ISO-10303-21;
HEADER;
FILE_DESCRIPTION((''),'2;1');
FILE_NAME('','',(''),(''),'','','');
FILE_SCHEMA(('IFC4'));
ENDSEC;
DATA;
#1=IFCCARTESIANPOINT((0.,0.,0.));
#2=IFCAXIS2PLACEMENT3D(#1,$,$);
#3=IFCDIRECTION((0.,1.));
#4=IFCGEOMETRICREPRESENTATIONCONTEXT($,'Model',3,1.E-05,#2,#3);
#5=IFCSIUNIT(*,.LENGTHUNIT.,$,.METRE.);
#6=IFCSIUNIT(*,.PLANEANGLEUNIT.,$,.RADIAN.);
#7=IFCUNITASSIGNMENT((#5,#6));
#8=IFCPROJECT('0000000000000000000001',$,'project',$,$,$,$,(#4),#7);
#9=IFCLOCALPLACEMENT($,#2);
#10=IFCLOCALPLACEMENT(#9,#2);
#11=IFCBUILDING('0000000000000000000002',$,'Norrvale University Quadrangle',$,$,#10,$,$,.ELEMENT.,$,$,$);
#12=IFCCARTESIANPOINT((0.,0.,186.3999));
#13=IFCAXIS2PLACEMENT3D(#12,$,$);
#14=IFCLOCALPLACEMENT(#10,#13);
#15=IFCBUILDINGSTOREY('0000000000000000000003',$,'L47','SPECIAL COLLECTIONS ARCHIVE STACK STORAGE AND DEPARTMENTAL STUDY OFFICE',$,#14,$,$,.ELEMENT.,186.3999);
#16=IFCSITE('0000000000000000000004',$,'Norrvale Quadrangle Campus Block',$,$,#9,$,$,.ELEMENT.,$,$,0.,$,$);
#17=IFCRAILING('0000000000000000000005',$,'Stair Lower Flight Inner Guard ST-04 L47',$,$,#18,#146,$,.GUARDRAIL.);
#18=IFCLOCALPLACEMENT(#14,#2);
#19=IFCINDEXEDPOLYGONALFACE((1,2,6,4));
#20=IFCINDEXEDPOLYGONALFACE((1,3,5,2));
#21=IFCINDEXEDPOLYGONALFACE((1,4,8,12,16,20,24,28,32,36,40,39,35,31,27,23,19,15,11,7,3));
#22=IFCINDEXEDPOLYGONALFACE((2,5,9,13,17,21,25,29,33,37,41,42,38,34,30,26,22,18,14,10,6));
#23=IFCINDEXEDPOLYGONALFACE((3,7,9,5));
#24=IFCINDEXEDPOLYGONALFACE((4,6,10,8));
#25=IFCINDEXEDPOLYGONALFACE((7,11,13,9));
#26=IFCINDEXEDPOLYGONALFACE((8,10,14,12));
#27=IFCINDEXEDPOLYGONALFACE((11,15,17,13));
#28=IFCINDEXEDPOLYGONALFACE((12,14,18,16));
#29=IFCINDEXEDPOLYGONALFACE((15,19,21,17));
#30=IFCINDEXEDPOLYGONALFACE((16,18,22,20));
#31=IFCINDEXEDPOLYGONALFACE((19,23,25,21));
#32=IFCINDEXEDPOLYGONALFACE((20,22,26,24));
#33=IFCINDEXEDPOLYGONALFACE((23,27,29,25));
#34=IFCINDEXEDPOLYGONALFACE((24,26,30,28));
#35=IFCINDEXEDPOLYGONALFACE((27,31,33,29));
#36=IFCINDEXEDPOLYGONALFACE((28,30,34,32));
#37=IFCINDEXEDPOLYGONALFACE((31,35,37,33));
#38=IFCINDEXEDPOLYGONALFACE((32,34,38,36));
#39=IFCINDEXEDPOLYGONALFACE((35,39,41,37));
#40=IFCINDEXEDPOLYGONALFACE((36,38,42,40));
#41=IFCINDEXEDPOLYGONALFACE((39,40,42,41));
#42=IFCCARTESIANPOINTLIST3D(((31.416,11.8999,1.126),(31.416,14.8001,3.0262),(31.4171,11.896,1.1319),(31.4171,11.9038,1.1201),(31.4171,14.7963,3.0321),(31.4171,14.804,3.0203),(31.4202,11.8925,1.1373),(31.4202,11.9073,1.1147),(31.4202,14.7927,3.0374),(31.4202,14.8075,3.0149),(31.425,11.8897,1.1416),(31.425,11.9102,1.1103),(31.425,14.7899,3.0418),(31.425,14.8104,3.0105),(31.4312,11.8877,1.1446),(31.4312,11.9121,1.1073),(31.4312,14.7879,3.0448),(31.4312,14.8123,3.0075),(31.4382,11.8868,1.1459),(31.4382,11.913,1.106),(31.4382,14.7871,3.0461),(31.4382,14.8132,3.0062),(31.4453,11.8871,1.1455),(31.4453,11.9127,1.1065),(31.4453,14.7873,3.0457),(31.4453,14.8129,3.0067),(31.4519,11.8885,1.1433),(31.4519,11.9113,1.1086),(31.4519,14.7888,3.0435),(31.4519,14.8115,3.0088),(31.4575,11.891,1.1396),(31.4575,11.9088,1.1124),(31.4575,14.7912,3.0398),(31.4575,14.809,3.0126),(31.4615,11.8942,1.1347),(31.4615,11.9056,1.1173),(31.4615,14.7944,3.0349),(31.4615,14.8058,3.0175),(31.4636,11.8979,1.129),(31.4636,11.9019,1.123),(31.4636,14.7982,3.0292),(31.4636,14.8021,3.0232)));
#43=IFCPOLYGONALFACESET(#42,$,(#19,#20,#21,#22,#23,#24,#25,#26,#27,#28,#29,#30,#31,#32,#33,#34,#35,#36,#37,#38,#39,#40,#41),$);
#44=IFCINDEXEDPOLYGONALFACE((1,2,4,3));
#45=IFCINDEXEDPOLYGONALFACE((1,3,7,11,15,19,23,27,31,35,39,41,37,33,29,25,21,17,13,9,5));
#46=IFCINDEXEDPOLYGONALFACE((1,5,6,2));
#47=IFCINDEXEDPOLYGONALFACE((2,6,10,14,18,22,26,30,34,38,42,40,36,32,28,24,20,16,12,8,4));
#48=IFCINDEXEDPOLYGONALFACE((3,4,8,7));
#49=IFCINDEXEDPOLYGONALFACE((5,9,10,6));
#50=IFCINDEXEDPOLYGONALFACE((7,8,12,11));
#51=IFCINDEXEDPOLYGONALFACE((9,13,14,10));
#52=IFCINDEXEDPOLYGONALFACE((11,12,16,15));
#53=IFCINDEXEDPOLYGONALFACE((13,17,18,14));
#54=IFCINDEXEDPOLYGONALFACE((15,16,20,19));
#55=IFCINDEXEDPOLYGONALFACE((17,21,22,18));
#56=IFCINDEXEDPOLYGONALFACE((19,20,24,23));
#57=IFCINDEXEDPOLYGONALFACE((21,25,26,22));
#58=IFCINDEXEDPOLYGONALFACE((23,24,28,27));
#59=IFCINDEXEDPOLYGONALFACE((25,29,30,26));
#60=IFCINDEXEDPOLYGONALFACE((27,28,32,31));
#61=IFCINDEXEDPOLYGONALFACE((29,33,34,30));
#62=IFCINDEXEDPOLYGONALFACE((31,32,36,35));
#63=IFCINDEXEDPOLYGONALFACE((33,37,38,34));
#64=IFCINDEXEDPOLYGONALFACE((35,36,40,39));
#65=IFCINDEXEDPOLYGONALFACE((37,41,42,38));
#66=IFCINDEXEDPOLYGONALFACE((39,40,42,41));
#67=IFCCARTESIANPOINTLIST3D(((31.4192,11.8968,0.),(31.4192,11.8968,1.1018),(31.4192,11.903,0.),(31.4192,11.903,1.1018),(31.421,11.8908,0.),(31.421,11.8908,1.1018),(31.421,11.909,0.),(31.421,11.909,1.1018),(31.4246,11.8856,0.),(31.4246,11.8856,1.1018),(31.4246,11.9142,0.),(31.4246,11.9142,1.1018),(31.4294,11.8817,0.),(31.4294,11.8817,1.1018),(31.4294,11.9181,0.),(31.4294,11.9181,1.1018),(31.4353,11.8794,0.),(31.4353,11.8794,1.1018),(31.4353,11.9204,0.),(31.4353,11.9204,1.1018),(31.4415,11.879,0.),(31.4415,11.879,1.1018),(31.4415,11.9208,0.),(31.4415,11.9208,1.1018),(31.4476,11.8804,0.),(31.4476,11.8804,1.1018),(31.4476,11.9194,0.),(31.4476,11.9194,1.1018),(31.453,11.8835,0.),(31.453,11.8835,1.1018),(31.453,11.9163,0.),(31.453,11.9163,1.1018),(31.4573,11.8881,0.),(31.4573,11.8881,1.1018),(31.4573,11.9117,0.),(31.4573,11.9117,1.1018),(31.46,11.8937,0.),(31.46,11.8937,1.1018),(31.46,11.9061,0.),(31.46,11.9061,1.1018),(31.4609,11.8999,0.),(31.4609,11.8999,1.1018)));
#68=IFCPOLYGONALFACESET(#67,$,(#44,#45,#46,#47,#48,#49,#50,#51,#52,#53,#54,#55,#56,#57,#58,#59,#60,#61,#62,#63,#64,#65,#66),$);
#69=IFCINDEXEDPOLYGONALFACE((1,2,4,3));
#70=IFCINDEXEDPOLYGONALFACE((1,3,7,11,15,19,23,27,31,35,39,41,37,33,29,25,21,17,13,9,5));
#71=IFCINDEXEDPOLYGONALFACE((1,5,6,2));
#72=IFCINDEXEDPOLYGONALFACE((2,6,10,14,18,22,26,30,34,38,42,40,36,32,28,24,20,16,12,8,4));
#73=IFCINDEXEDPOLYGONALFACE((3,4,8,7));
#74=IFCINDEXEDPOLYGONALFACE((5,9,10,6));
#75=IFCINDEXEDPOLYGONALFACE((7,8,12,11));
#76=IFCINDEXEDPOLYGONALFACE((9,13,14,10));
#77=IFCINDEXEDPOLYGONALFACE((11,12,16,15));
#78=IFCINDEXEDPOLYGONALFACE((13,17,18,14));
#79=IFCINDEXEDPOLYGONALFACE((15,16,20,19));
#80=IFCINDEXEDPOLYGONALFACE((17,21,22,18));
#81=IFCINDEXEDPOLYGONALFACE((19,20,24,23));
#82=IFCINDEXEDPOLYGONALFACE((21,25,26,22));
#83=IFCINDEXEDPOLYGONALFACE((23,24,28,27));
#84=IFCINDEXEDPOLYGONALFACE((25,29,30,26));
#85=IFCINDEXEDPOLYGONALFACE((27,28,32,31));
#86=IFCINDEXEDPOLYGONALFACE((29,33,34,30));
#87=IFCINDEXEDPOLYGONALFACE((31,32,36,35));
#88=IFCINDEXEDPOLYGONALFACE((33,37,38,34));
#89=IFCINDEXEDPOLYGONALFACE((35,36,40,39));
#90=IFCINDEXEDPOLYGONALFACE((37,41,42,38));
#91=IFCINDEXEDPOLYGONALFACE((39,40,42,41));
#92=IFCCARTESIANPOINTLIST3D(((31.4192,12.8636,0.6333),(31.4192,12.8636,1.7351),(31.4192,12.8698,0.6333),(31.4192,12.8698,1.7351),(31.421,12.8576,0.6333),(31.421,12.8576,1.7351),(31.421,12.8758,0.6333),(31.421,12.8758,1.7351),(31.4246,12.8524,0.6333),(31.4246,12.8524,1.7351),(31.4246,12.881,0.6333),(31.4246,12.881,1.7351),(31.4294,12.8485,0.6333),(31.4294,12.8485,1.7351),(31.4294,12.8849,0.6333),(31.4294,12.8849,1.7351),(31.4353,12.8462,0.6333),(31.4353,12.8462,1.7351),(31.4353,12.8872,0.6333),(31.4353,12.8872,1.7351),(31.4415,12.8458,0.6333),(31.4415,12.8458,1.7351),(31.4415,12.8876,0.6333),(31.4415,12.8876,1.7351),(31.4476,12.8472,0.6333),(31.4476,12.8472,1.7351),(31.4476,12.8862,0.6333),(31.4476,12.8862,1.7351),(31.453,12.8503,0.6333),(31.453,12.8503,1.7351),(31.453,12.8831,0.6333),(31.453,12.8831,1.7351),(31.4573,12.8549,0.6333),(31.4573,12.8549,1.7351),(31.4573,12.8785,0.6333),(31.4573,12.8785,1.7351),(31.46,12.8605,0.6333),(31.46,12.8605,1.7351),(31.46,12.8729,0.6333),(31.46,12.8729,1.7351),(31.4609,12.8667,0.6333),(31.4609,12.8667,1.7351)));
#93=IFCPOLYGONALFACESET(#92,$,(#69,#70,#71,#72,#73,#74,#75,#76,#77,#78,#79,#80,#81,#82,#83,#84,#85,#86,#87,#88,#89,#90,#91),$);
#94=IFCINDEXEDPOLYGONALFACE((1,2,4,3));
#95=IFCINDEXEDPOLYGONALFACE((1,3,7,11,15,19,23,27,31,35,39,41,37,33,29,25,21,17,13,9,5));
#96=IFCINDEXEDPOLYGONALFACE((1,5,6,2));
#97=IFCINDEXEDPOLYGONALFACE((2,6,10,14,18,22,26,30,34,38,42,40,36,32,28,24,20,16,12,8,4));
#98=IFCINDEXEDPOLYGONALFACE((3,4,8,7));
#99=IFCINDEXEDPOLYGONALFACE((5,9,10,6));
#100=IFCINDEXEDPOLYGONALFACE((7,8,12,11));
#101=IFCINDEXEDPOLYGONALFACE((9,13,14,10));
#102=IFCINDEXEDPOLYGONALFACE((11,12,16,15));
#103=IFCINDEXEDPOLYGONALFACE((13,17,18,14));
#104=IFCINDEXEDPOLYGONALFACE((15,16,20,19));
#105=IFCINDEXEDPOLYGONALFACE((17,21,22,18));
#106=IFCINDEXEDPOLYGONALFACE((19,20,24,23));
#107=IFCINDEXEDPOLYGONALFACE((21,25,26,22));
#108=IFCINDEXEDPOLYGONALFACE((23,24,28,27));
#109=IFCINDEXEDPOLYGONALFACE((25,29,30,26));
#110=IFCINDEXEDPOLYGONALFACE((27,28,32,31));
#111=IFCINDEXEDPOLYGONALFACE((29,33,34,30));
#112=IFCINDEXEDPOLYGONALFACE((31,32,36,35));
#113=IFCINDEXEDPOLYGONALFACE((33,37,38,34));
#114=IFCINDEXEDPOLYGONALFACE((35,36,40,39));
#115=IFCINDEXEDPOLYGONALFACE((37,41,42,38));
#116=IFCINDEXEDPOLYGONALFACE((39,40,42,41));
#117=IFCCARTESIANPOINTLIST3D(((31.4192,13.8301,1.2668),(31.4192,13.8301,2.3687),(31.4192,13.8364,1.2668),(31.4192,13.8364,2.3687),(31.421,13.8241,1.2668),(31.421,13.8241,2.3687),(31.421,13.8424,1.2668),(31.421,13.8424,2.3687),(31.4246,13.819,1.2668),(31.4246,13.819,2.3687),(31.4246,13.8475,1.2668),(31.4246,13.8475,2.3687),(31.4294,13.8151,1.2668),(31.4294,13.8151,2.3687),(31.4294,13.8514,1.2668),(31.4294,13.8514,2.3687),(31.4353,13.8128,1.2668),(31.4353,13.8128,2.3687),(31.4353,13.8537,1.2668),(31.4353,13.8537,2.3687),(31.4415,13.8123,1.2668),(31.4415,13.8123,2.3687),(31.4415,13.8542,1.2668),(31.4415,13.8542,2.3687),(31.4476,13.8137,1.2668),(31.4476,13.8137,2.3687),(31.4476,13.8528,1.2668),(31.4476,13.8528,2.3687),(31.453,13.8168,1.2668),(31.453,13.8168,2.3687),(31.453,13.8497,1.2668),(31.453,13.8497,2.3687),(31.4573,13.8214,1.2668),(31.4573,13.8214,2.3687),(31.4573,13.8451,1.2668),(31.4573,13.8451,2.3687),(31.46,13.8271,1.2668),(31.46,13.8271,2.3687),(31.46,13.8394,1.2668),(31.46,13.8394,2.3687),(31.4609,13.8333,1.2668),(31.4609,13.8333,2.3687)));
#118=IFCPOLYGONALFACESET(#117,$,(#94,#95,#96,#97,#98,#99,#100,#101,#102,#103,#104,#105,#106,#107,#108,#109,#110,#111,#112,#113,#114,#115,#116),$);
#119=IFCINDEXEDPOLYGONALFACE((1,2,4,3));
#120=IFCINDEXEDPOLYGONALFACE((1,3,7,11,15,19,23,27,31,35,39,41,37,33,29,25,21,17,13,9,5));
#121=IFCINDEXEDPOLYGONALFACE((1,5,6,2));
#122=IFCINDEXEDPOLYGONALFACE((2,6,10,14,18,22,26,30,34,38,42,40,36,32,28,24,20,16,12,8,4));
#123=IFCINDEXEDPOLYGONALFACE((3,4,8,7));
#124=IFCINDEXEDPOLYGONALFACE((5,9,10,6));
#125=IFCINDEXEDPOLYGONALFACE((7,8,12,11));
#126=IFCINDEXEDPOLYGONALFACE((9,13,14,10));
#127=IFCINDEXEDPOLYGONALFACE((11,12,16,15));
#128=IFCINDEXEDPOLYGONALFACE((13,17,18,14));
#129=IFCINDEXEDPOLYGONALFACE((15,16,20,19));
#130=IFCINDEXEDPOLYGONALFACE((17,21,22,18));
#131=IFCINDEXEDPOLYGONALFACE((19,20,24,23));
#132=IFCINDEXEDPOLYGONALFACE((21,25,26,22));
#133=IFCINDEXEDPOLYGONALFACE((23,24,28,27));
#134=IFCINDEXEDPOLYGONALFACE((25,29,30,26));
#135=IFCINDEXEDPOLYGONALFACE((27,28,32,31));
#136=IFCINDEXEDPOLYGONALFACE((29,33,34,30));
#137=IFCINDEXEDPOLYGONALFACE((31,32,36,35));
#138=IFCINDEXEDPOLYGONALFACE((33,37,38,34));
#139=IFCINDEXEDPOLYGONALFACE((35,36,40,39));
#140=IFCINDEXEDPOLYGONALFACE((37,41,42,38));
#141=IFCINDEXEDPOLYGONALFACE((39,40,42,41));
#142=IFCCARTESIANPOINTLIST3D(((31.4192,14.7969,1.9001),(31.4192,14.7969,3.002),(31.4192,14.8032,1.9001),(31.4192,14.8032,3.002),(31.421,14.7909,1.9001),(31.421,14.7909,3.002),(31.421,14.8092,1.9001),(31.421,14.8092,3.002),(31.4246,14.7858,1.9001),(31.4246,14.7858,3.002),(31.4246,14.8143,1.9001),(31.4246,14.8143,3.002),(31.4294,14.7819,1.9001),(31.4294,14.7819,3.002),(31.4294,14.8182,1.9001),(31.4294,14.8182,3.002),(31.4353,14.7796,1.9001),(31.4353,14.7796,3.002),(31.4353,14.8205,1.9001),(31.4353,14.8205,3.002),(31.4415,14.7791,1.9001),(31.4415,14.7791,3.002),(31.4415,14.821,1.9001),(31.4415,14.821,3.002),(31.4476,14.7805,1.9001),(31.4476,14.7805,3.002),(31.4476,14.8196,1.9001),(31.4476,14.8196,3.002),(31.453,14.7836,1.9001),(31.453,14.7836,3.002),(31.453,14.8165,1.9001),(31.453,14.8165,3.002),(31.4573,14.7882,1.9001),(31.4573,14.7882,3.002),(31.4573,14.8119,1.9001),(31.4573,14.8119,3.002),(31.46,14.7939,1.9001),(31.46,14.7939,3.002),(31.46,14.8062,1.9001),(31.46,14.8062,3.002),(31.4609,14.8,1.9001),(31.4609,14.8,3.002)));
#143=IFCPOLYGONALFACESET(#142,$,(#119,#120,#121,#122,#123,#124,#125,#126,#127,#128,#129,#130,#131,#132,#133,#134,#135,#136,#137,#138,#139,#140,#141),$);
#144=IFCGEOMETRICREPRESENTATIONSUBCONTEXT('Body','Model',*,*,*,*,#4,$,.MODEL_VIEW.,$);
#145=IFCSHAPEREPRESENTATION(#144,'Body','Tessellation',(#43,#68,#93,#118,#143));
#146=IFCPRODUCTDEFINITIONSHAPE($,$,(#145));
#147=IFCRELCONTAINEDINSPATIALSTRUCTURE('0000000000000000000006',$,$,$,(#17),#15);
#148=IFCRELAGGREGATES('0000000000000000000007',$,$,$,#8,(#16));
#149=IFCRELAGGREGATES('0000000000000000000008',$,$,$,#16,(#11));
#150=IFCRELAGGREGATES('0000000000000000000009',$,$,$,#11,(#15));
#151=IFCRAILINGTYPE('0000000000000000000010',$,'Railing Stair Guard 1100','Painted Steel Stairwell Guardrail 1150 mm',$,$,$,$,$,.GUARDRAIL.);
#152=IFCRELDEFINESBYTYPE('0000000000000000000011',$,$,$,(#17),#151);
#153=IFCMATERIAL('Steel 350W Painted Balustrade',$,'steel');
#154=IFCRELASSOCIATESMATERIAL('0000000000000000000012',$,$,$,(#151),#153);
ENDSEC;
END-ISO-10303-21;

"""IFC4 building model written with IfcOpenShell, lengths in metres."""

from ifc_helpers import new_model, si_unit, direction, frame, origin, origin_2d, place, context, subcontext, project, spatial, circle, extrude, material, type_object, element, save


model = new_model("IFC4")

# Units and contexts
model_context = context("Model", 3, precision=1e-05, world=origin(), true_north=direction((0.0, 1.0)))
body_context = subcontext(model_context, "Body", "Model", "MODEL_VIEW")
ifc_project = project(units=[si_unit("LENGTHUNIT", "METRE"), si_unit("PLANEANGLEUNIT", "RADIAN")], contexts=[model_context])

# Site, building, storey
site_placement = place(None, origin())
site = spatial("IfcSite", under=ifc_project, at=site_placement, Name="Norrvale Quadrangle Campus Block", CompositionType="ELEMENT", RefElevation=0.0)
building_placement = place(site_placement, origin())
building = spatial("IfcBuilding", under=site, at=building_placement, Name="Norrvale University Quadrangle", CompositionType="ELEMENT")
storey_placement = place(building_placement, frame((0.0, 0.0, 186.3999)))
storey = spatial("IfcBuildingStorey", under=building, at=storey_placement, Name="L47", Description="SPECIAL COLLECTIONS ARCHIVE STACK STORAGE AND DEPARTMENTAL STUDY OFFICE", CompositionType="ELEMENT", Elevation=186.3999)

# Railing
ifc_material_1 = material(Name="Steel 350W Painted Balustrade", Category="steel")
railing_type_1 = type_object("IfcRailingType", Name="Railing Stair Guard 1100", Description="Painted Steel Stairwell Guardrail 1150 mm", PredefinedType="GUARDRAIL", material=ifc_material_1)
railing_1_placement = place(storey_placement, frame((31.4399, 11.8999, 0.0)))
element("IfcRailing", 1, at=railing_1_placement, inside=storey, type_object=railing_type_1, Name="Stair Lower Flight Inner Guard ST-04 L47", PredefinedType="GUARDRAIL", context=body_context, shape_type="SweptSolid", body=[
    extrude(circle(Radius=0.0239, at=origin_2d()), frame((0.0, 0.0, 1.126), z_axis=(0.0, 0.836454, 0.548036), x_axis=(-1.0, 0.0, 0.0)), (0.0, 0.0, 1.0), 3.4673),
    extrude(circle(Radius=0.021, at=origin_2d()), origin(), (0.0, 0.0, 1.0), 1.1018),
    extrude(circle(Radius=0.021, at=origin_2d()), frame((0.0, 0.9668, 0.6333)), (0.0, 0.0, 1.0), 1.1018),
    extrude(circle(Radius=0.021, at=origin_2d()), frame((0.0, 1.9333, 1.2668)), (0.0, 0.0, 1.0), 1.1018),
    extrude(circle(Radius=0.021, at=origin_2d()), frame((0.0, 2.9001, 1.9001)), (0.0, 0.0, 1.0), 1.1018),
])

save(model, "model.ifc")
